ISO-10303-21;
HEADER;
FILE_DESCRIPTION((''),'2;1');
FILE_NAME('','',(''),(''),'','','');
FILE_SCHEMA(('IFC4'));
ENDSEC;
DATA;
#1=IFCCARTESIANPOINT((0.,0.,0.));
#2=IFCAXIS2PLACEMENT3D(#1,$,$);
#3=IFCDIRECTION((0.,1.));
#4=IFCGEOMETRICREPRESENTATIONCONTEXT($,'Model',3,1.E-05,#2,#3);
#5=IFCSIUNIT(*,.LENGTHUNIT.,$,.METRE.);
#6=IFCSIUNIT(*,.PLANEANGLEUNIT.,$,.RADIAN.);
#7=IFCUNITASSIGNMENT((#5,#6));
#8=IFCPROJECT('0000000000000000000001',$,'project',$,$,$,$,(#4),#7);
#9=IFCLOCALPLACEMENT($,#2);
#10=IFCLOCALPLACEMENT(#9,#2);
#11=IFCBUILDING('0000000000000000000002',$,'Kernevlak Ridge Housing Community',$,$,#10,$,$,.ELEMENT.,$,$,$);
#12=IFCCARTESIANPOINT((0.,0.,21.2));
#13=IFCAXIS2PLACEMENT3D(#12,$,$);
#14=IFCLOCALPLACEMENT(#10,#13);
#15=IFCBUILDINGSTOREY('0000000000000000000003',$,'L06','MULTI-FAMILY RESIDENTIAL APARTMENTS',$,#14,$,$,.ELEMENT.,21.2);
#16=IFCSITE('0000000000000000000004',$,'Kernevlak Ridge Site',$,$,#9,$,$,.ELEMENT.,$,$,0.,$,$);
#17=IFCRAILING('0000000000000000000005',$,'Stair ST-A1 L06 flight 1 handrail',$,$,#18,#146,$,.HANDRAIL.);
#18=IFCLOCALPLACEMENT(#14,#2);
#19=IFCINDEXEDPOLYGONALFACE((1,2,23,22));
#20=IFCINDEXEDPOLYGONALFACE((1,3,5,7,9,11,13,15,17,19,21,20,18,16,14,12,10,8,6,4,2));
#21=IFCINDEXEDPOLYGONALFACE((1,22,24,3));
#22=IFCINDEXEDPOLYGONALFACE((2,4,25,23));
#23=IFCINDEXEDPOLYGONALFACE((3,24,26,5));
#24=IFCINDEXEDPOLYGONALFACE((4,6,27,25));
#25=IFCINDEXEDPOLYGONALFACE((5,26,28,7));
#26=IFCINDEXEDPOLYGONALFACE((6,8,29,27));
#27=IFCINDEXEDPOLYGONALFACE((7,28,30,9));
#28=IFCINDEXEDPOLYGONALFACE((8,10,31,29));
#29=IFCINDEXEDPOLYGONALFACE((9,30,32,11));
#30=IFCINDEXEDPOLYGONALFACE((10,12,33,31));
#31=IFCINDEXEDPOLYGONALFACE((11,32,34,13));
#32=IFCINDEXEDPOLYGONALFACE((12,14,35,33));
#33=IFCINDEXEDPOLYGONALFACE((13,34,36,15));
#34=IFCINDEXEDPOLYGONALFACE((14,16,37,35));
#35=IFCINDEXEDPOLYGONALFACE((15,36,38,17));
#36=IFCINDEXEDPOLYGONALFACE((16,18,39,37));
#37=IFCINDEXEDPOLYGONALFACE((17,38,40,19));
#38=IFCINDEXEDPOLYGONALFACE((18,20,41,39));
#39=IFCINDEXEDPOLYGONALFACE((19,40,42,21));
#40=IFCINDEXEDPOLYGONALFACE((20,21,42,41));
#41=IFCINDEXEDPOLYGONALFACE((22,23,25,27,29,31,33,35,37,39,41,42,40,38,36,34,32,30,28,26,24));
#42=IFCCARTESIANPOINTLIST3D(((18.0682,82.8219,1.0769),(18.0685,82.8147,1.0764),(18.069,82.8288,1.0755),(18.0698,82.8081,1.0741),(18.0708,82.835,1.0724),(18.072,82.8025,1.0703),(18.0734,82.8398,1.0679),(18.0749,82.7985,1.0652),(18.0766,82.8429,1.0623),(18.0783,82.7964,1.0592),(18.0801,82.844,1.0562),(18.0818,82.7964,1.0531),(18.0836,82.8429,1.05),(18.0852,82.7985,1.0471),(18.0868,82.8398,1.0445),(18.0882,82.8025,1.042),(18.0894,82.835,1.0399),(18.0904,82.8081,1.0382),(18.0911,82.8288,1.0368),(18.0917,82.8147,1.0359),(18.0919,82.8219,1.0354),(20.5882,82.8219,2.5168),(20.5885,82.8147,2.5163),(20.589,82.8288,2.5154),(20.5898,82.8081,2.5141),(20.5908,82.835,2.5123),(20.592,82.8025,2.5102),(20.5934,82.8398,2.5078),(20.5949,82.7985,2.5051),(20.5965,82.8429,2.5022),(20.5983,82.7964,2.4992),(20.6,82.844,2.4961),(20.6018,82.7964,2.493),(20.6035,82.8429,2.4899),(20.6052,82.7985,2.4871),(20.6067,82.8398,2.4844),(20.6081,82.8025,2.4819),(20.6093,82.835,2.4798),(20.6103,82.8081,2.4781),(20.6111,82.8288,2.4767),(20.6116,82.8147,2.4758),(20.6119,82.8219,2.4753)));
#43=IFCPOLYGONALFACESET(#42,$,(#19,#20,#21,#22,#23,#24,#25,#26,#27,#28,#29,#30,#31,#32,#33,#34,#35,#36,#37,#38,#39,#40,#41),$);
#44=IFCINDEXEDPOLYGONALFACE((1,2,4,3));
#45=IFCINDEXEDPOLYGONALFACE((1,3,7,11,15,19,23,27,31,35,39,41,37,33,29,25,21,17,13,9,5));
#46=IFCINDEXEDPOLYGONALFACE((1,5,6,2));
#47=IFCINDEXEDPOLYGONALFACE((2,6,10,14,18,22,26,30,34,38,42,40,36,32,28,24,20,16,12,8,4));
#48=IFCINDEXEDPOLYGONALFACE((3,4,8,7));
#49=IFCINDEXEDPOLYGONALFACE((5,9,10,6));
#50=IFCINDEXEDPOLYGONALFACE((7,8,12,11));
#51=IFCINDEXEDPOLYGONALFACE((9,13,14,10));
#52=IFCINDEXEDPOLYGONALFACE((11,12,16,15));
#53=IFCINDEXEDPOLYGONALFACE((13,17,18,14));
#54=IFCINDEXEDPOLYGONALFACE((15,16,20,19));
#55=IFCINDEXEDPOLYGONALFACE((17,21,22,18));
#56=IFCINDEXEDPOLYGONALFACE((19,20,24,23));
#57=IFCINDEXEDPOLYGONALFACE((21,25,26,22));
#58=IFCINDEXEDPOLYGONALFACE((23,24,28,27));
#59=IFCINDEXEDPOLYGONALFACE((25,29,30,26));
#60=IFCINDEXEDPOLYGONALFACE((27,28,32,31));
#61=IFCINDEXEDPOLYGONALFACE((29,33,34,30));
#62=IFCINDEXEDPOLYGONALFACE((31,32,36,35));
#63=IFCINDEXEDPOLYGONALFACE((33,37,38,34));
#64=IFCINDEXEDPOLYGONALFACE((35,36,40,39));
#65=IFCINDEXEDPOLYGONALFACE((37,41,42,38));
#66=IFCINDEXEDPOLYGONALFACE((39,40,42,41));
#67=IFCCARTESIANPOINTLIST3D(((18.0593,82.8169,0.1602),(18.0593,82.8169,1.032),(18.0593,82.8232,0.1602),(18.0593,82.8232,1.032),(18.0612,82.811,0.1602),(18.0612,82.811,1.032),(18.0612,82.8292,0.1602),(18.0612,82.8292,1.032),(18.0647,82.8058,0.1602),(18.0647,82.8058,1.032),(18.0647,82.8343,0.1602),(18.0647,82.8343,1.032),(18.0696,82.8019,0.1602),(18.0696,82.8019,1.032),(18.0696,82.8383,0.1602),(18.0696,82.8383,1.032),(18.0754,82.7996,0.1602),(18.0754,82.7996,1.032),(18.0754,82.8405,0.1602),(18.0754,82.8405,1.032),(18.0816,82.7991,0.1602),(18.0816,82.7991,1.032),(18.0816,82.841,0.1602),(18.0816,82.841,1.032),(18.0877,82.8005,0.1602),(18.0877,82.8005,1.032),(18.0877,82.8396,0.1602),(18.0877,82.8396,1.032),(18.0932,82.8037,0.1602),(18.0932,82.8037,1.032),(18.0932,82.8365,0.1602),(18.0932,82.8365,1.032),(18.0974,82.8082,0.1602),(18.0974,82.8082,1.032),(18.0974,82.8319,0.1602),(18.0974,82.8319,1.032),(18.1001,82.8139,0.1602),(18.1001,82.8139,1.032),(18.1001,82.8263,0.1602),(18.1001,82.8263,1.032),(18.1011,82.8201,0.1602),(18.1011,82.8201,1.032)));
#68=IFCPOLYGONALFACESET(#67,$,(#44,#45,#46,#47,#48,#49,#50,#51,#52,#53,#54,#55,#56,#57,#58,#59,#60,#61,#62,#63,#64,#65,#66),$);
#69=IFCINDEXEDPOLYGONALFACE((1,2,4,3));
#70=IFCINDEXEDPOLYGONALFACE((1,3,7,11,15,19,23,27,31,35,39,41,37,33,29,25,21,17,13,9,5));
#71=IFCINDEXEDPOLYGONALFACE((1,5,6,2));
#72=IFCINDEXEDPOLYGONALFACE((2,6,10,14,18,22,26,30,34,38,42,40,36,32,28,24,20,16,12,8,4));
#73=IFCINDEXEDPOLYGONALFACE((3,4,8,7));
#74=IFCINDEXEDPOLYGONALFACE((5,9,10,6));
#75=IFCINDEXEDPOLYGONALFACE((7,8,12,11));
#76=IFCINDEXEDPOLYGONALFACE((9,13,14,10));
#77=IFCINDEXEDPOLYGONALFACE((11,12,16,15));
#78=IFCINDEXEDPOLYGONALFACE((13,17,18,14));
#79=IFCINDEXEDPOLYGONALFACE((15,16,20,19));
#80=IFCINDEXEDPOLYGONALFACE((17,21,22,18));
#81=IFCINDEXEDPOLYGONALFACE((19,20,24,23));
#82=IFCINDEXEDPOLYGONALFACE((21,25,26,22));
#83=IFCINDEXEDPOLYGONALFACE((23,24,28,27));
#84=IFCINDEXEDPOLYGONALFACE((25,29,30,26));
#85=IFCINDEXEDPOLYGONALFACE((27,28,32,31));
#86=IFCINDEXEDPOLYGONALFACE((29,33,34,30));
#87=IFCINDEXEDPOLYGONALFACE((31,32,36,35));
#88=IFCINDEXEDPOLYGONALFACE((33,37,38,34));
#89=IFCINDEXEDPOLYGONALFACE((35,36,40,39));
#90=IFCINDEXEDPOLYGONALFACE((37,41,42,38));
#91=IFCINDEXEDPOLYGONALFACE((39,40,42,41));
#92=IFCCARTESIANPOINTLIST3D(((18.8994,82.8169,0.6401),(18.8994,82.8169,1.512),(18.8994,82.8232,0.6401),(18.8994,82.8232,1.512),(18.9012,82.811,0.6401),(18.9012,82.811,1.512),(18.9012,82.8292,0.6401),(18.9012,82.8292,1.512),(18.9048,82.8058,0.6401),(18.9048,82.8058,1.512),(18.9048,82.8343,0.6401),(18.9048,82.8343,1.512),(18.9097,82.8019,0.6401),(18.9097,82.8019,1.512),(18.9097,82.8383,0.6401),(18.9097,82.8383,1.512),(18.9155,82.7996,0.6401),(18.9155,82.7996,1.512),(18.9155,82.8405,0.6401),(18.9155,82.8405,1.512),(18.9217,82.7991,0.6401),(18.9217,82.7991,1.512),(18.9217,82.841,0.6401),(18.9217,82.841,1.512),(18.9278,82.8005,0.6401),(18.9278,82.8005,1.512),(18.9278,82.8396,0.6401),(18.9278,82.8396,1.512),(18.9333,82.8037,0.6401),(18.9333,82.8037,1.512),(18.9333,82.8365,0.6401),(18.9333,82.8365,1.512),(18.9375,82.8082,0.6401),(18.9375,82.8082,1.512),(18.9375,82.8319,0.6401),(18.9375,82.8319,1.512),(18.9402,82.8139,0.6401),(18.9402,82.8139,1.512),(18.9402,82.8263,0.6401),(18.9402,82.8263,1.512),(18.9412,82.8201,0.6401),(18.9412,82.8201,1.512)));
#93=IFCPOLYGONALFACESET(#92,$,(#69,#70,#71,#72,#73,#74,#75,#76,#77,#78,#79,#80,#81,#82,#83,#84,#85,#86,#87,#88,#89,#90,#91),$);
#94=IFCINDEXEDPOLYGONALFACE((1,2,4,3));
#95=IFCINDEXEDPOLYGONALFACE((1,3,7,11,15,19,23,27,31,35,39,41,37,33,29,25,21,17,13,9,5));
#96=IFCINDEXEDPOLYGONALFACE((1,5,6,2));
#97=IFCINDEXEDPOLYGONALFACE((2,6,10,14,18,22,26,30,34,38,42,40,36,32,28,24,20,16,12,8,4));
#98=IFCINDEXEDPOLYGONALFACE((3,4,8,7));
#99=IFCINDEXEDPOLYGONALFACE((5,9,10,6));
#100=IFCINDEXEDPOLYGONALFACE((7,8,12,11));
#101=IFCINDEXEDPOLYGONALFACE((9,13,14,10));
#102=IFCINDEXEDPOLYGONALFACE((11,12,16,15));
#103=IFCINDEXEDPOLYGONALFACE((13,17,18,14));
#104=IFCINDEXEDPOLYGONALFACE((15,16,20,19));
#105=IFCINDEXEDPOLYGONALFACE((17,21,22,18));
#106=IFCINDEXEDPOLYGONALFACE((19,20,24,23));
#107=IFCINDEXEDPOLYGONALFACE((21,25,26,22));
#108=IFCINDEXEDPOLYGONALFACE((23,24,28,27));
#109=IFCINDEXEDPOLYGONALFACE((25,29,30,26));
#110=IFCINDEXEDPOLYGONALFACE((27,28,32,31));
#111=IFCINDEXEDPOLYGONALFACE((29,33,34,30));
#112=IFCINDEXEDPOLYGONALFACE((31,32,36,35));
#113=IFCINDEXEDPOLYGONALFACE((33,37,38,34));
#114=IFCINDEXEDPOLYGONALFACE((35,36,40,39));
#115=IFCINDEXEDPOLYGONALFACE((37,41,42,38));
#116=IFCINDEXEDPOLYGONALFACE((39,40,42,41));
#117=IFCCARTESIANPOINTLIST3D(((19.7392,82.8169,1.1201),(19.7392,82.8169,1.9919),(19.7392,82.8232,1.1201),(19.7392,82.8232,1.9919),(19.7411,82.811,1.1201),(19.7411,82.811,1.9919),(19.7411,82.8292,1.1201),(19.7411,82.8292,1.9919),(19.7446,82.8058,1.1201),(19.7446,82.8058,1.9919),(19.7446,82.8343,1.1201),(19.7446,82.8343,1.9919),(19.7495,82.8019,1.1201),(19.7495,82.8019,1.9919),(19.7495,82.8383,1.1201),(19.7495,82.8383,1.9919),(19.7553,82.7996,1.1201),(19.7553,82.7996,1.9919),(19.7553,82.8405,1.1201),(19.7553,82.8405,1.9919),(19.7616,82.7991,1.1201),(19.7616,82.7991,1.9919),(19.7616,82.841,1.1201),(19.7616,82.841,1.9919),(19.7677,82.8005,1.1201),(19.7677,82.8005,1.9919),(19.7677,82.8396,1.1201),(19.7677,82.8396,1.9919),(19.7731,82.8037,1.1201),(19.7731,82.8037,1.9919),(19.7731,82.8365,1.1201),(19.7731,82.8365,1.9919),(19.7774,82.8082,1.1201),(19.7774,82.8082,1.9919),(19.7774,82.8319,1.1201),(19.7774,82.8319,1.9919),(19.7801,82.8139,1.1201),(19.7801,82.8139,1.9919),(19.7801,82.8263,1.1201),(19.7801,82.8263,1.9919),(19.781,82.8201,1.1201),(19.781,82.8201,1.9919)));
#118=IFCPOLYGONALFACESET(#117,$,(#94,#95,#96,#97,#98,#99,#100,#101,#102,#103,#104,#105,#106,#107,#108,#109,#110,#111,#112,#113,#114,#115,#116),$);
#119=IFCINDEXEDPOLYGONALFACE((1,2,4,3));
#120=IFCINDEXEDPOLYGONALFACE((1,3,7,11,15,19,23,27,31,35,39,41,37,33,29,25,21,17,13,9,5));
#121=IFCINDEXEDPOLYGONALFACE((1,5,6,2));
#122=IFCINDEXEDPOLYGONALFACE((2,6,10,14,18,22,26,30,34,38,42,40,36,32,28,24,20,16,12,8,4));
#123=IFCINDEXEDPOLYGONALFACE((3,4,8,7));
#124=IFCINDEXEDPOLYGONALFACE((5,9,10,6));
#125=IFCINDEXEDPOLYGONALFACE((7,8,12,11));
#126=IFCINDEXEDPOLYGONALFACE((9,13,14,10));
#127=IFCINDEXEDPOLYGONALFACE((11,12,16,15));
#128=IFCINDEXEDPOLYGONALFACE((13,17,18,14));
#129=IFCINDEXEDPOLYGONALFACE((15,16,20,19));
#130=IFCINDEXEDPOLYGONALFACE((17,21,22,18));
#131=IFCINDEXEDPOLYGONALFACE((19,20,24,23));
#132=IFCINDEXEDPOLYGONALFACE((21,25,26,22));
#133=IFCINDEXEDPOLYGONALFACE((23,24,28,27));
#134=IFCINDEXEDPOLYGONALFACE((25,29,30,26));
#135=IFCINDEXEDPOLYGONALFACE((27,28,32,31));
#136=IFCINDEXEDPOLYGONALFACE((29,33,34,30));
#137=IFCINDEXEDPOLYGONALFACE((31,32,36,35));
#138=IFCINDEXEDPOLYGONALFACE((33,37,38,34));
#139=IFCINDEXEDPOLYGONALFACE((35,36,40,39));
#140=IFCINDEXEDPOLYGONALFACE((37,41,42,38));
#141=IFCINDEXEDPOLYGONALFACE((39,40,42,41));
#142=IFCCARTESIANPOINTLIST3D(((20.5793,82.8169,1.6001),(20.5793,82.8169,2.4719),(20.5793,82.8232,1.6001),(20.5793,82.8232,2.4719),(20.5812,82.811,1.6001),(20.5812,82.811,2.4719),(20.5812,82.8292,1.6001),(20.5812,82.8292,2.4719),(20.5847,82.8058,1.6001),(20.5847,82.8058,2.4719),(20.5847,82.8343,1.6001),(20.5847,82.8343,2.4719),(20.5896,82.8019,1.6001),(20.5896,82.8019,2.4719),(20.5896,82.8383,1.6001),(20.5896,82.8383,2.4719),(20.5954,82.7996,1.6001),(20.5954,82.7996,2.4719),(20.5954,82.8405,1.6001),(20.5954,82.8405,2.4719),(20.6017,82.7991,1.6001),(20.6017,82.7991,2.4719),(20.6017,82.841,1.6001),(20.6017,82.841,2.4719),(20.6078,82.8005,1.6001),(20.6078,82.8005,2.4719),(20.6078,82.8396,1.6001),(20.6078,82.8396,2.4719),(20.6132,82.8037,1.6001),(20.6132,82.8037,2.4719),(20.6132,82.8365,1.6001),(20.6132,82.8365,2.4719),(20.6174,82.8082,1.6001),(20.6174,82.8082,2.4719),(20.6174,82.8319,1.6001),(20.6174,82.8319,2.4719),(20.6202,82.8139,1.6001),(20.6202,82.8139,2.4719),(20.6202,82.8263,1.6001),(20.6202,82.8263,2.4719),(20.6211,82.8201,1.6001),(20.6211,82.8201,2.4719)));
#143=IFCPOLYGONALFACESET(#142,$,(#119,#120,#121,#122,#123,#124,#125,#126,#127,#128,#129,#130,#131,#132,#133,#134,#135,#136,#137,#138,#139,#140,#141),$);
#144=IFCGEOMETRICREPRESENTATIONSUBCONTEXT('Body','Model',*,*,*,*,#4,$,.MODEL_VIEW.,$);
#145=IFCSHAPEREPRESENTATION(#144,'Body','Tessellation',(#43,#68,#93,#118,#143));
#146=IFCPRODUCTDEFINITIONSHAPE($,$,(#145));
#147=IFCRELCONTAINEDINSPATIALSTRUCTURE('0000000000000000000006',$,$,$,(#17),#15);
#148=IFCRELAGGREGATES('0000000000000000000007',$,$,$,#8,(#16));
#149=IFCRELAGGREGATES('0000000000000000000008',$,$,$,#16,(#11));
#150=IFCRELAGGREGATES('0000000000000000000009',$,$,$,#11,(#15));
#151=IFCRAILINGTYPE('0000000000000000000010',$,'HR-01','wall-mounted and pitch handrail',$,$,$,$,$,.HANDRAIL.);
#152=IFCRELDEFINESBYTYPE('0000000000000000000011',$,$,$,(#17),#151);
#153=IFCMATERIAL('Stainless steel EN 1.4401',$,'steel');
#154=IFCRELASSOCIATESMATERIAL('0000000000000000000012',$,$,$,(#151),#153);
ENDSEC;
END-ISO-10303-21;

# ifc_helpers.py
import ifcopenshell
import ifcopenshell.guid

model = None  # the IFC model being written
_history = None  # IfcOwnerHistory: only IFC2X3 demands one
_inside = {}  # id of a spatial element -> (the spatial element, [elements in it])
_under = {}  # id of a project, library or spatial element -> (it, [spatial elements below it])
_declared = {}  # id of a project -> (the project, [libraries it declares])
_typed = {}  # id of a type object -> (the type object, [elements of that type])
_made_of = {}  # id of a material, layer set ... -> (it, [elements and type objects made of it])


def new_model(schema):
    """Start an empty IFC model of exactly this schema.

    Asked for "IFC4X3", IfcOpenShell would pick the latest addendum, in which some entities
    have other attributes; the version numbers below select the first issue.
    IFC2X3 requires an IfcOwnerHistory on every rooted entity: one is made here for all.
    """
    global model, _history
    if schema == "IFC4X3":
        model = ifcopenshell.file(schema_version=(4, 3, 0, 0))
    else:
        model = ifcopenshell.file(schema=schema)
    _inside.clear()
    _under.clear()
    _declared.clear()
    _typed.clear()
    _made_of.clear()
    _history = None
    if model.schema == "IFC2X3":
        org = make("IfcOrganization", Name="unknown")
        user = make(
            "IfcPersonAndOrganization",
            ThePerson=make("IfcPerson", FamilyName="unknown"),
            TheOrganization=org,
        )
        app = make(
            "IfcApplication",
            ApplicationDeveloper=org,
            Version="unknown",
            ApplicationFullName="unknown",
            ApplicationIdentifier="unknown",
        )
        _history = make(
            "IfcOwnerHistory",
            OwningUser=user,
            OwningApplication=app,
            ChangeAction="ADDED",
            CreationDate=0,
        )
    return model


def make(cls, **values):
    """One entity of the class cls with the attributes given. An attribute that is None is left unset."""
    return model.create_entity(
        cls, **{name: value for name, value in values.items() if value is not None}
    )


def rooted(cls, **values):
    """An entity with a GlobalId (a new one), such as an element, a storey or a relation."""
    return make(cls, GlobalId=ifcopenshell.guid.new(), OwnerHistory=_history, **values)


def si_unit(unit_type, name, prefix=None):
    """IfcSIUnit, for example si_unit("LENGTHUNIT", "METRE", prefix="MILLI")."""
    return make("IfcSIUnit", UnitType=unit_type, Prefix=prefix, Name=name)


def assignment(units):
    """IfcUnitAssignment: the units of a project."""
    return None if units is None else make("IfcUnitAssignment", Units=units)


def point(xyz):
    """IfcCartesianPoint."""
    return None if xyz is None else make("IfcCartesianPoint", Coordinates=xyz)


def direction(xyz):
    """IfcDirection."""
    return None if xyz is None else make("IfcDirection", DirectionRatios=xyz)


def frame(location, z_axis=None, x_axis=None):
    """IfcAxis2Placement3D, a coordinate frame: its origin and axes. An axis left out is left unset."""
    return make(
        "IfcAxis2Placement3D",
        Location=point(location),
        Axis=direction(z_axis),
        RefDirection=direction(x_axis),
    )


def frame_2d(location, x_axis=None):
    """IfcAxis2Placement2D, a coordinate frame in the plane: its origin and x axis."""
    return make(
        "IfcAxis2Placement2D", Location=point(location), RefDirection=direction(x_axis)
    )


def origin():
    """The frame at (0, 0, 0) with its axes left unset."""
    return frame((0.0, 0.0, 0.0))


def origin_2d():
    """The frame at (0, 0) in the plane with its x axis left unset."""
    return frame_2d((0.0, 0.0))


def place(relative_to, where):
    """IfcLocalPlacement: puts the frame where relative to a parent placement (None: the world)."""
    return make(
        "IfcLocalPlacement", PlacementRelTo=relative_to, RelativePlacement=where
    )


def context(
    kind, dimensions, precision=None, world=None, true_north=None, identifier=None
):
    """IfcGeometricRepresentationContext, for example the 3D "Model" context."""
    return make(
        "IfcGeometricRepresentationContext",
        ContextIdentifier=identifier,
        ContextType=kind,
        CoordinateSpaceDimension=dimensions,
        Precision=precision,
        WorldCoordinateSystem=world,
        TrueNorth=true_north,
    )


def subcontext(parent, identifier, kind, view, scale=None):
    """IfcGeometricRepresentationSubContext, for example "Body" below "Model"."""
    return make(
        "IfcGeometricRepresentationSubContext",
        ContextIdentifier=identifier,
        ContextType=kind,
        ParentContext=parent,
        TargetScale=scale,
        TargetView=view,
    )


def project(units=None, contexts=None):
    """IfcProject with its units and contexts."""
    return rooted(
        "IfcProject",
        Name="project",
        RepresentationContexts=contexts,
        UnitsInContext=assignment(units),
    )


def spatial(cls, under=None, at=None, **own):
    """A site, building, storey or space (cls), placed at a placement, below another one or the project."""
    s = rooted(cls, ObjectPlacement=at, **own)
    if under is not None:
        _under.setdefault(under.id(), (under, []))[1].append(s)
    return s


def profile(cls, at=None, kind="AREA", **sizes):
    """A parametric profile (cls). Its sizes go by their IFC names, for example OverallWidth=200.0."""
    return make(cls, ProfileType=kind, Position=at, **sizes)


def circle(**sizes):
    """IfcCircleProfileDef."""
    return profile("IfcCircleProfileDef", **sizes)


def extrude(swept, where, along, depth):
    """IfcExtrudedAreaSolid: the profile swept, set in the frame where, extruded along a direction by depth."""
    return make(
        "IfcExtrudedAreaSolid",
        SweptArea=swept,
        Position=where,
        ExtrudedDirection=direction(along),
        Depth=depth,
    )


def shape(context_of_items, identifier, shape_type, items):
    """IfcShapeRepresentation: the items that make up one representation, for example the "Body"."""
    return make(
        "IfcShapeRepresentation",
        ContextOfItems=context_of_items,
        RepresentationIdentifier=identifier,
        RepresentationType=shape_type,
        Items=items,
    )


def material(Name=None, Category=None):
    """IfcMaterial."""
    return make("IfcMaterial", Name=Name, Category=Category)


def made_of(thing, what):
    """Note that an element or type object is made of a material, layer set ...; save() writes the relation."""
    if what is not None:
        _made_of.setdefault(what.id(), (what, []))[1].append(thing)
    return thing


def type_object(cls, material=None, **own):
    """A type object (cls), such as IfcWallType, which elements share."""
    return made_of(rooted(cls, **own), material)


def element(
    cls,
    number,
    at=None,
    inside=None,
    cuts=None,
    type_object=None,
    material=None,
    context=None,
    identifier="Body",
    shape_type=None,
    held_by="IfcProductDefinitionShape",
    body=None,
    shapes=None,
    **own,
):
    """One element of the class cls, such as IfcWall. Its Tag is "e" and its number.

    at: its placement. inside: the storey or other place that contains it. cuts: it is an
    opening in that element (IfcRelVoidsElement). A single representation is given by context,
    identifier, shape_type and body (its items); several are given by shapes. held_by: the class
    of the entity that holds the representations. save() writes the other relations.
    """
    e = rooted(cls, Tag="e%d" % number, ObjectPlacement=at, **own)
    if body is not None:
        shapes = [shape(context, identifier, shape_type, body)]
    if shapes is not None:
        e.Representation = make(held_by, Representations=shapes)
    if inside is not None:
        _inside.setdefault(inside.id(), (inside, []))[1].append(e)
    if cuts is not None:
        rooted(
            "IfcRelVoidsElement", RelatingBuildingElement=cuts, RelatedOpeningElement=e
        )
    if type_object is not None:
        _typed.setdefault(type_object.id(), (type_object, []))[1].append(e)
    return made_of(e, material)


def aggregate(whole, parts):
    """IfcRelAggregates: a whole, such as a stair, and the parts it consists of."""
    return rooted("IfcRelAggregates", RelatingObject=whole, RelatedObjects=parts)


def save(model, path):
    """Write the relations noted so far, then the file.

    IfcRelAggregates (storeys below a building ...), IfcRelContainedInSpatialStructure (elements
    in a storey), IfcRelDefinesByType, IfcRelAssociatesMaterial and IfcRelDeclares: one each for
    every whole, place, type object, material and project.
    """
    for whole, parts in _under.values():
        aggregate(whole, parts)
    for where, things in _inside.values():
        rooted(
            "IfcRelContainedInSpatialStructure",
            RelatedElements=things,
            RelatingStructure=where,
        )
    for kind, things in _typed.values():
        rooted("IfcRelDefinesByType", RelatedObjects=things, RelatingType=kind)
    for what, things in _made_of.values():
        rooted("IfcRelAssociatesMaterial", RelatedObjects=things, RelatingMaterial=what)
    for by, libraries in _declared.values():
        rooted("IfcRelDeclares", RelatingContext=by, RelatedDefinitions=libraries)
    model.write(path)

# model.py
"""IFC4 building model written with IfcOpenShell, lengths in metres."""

from ifc_helpers import new_model, si_unit, direction, frame, origin, origin_2d, place, context, subcontext, project, spatial, circle, extrude, material, type_object, element, save


model = new_model("IFC4")

# Units and contexts
model_context = context("Model", 3, precision=1e-05, world=origin(), true_north=direction((0.0, 1.0)))
body_context = subcontext(model_context, "Body", "Model", "MODEL_VIEW")
ifc_project = project(units=[si_unit("LENGTHUNIT", "METRE"), si_unit("PLANEANGLEUNIT", "RADIAN")], contexts=[model_context])

# Site, building, storey
site_placement = place(None, origin())
site = spatial("IfcSite", under=ifc_project, at=site_placement, Name="Kernevlak Ridge Site", CompositionType="ELEMENT", RefElevation=0.0)
building_placement = place(site_placement, origin())
building = spatial("IfcBuilding", under=site, at=building_placement, Name="Kernevlak Ridge Housing Community", CompositionType="ELEMENT")
storey_placement = place(building_placement, frame((0.0, 0.0, 21.2)))
storey = spatial("IfcBuildingStorey", under=building, at=storey_placement, Name="L06", Description="MULTI-FAMILY RESIDENTIAL APARTMENTS", CompositionType="ELEMENT", Elevation=21.2)

# Shared definitions
ifc_material_1 = material(Name="Stainless steel EN 1.4401", Category="steel")

# Railing
railing_type_1 = type_object("IfcRailingType", Name="HR-01", Description="wall-mounted and pitch handrail", PredefinedType="HANDRAIL", material=ifc_material_1)
railing_1_placement = place(storey_placement, frame((18.0801, 82.8201, 0.1602)))
element("IfcRailing", 1, at=railing_1_placement, inside=storey, type_object=railing_type_1, Name="Stair ST-A1 L06 flight 1 handrail", PredefinedType="HANDRAIL", context=body_context, shape_type="SweptSolid", body=[
    extrude(circle(Radius=0.0239, at=origin_2d()), frame((0.0, 0.0, 0.896), z_axis=(0.868253, 0.0, 0.496121), x_axis=(0.0, 1.0, 0.0)), (0.0, 0.0, 1.0), 2.9023),
    extrude(circle(Radius=0.021, at=origin_2d()), origin(), (0.0, 0.0, 1.0), 0.8718),
    extrude(circle(Radius=0.021, at=origin_2d()), frame((0.8401, 0.0, 0.48)), (0.0, 0.0, 1.0), 0.8718),
    extrude(circle(Radius=0.021, at=origin_2d()), frame((1.6799, 0.0, 0.96)), (0.0, 0.0, 1.0), 0.8718),
    extrude(circle(Radius=0.021, at=origin_2d()), frame((2.52, 0.0, 1.4399)), (0.0, 0.0, 1.0), 0.8718),
])

save(model, "model.ifc")
